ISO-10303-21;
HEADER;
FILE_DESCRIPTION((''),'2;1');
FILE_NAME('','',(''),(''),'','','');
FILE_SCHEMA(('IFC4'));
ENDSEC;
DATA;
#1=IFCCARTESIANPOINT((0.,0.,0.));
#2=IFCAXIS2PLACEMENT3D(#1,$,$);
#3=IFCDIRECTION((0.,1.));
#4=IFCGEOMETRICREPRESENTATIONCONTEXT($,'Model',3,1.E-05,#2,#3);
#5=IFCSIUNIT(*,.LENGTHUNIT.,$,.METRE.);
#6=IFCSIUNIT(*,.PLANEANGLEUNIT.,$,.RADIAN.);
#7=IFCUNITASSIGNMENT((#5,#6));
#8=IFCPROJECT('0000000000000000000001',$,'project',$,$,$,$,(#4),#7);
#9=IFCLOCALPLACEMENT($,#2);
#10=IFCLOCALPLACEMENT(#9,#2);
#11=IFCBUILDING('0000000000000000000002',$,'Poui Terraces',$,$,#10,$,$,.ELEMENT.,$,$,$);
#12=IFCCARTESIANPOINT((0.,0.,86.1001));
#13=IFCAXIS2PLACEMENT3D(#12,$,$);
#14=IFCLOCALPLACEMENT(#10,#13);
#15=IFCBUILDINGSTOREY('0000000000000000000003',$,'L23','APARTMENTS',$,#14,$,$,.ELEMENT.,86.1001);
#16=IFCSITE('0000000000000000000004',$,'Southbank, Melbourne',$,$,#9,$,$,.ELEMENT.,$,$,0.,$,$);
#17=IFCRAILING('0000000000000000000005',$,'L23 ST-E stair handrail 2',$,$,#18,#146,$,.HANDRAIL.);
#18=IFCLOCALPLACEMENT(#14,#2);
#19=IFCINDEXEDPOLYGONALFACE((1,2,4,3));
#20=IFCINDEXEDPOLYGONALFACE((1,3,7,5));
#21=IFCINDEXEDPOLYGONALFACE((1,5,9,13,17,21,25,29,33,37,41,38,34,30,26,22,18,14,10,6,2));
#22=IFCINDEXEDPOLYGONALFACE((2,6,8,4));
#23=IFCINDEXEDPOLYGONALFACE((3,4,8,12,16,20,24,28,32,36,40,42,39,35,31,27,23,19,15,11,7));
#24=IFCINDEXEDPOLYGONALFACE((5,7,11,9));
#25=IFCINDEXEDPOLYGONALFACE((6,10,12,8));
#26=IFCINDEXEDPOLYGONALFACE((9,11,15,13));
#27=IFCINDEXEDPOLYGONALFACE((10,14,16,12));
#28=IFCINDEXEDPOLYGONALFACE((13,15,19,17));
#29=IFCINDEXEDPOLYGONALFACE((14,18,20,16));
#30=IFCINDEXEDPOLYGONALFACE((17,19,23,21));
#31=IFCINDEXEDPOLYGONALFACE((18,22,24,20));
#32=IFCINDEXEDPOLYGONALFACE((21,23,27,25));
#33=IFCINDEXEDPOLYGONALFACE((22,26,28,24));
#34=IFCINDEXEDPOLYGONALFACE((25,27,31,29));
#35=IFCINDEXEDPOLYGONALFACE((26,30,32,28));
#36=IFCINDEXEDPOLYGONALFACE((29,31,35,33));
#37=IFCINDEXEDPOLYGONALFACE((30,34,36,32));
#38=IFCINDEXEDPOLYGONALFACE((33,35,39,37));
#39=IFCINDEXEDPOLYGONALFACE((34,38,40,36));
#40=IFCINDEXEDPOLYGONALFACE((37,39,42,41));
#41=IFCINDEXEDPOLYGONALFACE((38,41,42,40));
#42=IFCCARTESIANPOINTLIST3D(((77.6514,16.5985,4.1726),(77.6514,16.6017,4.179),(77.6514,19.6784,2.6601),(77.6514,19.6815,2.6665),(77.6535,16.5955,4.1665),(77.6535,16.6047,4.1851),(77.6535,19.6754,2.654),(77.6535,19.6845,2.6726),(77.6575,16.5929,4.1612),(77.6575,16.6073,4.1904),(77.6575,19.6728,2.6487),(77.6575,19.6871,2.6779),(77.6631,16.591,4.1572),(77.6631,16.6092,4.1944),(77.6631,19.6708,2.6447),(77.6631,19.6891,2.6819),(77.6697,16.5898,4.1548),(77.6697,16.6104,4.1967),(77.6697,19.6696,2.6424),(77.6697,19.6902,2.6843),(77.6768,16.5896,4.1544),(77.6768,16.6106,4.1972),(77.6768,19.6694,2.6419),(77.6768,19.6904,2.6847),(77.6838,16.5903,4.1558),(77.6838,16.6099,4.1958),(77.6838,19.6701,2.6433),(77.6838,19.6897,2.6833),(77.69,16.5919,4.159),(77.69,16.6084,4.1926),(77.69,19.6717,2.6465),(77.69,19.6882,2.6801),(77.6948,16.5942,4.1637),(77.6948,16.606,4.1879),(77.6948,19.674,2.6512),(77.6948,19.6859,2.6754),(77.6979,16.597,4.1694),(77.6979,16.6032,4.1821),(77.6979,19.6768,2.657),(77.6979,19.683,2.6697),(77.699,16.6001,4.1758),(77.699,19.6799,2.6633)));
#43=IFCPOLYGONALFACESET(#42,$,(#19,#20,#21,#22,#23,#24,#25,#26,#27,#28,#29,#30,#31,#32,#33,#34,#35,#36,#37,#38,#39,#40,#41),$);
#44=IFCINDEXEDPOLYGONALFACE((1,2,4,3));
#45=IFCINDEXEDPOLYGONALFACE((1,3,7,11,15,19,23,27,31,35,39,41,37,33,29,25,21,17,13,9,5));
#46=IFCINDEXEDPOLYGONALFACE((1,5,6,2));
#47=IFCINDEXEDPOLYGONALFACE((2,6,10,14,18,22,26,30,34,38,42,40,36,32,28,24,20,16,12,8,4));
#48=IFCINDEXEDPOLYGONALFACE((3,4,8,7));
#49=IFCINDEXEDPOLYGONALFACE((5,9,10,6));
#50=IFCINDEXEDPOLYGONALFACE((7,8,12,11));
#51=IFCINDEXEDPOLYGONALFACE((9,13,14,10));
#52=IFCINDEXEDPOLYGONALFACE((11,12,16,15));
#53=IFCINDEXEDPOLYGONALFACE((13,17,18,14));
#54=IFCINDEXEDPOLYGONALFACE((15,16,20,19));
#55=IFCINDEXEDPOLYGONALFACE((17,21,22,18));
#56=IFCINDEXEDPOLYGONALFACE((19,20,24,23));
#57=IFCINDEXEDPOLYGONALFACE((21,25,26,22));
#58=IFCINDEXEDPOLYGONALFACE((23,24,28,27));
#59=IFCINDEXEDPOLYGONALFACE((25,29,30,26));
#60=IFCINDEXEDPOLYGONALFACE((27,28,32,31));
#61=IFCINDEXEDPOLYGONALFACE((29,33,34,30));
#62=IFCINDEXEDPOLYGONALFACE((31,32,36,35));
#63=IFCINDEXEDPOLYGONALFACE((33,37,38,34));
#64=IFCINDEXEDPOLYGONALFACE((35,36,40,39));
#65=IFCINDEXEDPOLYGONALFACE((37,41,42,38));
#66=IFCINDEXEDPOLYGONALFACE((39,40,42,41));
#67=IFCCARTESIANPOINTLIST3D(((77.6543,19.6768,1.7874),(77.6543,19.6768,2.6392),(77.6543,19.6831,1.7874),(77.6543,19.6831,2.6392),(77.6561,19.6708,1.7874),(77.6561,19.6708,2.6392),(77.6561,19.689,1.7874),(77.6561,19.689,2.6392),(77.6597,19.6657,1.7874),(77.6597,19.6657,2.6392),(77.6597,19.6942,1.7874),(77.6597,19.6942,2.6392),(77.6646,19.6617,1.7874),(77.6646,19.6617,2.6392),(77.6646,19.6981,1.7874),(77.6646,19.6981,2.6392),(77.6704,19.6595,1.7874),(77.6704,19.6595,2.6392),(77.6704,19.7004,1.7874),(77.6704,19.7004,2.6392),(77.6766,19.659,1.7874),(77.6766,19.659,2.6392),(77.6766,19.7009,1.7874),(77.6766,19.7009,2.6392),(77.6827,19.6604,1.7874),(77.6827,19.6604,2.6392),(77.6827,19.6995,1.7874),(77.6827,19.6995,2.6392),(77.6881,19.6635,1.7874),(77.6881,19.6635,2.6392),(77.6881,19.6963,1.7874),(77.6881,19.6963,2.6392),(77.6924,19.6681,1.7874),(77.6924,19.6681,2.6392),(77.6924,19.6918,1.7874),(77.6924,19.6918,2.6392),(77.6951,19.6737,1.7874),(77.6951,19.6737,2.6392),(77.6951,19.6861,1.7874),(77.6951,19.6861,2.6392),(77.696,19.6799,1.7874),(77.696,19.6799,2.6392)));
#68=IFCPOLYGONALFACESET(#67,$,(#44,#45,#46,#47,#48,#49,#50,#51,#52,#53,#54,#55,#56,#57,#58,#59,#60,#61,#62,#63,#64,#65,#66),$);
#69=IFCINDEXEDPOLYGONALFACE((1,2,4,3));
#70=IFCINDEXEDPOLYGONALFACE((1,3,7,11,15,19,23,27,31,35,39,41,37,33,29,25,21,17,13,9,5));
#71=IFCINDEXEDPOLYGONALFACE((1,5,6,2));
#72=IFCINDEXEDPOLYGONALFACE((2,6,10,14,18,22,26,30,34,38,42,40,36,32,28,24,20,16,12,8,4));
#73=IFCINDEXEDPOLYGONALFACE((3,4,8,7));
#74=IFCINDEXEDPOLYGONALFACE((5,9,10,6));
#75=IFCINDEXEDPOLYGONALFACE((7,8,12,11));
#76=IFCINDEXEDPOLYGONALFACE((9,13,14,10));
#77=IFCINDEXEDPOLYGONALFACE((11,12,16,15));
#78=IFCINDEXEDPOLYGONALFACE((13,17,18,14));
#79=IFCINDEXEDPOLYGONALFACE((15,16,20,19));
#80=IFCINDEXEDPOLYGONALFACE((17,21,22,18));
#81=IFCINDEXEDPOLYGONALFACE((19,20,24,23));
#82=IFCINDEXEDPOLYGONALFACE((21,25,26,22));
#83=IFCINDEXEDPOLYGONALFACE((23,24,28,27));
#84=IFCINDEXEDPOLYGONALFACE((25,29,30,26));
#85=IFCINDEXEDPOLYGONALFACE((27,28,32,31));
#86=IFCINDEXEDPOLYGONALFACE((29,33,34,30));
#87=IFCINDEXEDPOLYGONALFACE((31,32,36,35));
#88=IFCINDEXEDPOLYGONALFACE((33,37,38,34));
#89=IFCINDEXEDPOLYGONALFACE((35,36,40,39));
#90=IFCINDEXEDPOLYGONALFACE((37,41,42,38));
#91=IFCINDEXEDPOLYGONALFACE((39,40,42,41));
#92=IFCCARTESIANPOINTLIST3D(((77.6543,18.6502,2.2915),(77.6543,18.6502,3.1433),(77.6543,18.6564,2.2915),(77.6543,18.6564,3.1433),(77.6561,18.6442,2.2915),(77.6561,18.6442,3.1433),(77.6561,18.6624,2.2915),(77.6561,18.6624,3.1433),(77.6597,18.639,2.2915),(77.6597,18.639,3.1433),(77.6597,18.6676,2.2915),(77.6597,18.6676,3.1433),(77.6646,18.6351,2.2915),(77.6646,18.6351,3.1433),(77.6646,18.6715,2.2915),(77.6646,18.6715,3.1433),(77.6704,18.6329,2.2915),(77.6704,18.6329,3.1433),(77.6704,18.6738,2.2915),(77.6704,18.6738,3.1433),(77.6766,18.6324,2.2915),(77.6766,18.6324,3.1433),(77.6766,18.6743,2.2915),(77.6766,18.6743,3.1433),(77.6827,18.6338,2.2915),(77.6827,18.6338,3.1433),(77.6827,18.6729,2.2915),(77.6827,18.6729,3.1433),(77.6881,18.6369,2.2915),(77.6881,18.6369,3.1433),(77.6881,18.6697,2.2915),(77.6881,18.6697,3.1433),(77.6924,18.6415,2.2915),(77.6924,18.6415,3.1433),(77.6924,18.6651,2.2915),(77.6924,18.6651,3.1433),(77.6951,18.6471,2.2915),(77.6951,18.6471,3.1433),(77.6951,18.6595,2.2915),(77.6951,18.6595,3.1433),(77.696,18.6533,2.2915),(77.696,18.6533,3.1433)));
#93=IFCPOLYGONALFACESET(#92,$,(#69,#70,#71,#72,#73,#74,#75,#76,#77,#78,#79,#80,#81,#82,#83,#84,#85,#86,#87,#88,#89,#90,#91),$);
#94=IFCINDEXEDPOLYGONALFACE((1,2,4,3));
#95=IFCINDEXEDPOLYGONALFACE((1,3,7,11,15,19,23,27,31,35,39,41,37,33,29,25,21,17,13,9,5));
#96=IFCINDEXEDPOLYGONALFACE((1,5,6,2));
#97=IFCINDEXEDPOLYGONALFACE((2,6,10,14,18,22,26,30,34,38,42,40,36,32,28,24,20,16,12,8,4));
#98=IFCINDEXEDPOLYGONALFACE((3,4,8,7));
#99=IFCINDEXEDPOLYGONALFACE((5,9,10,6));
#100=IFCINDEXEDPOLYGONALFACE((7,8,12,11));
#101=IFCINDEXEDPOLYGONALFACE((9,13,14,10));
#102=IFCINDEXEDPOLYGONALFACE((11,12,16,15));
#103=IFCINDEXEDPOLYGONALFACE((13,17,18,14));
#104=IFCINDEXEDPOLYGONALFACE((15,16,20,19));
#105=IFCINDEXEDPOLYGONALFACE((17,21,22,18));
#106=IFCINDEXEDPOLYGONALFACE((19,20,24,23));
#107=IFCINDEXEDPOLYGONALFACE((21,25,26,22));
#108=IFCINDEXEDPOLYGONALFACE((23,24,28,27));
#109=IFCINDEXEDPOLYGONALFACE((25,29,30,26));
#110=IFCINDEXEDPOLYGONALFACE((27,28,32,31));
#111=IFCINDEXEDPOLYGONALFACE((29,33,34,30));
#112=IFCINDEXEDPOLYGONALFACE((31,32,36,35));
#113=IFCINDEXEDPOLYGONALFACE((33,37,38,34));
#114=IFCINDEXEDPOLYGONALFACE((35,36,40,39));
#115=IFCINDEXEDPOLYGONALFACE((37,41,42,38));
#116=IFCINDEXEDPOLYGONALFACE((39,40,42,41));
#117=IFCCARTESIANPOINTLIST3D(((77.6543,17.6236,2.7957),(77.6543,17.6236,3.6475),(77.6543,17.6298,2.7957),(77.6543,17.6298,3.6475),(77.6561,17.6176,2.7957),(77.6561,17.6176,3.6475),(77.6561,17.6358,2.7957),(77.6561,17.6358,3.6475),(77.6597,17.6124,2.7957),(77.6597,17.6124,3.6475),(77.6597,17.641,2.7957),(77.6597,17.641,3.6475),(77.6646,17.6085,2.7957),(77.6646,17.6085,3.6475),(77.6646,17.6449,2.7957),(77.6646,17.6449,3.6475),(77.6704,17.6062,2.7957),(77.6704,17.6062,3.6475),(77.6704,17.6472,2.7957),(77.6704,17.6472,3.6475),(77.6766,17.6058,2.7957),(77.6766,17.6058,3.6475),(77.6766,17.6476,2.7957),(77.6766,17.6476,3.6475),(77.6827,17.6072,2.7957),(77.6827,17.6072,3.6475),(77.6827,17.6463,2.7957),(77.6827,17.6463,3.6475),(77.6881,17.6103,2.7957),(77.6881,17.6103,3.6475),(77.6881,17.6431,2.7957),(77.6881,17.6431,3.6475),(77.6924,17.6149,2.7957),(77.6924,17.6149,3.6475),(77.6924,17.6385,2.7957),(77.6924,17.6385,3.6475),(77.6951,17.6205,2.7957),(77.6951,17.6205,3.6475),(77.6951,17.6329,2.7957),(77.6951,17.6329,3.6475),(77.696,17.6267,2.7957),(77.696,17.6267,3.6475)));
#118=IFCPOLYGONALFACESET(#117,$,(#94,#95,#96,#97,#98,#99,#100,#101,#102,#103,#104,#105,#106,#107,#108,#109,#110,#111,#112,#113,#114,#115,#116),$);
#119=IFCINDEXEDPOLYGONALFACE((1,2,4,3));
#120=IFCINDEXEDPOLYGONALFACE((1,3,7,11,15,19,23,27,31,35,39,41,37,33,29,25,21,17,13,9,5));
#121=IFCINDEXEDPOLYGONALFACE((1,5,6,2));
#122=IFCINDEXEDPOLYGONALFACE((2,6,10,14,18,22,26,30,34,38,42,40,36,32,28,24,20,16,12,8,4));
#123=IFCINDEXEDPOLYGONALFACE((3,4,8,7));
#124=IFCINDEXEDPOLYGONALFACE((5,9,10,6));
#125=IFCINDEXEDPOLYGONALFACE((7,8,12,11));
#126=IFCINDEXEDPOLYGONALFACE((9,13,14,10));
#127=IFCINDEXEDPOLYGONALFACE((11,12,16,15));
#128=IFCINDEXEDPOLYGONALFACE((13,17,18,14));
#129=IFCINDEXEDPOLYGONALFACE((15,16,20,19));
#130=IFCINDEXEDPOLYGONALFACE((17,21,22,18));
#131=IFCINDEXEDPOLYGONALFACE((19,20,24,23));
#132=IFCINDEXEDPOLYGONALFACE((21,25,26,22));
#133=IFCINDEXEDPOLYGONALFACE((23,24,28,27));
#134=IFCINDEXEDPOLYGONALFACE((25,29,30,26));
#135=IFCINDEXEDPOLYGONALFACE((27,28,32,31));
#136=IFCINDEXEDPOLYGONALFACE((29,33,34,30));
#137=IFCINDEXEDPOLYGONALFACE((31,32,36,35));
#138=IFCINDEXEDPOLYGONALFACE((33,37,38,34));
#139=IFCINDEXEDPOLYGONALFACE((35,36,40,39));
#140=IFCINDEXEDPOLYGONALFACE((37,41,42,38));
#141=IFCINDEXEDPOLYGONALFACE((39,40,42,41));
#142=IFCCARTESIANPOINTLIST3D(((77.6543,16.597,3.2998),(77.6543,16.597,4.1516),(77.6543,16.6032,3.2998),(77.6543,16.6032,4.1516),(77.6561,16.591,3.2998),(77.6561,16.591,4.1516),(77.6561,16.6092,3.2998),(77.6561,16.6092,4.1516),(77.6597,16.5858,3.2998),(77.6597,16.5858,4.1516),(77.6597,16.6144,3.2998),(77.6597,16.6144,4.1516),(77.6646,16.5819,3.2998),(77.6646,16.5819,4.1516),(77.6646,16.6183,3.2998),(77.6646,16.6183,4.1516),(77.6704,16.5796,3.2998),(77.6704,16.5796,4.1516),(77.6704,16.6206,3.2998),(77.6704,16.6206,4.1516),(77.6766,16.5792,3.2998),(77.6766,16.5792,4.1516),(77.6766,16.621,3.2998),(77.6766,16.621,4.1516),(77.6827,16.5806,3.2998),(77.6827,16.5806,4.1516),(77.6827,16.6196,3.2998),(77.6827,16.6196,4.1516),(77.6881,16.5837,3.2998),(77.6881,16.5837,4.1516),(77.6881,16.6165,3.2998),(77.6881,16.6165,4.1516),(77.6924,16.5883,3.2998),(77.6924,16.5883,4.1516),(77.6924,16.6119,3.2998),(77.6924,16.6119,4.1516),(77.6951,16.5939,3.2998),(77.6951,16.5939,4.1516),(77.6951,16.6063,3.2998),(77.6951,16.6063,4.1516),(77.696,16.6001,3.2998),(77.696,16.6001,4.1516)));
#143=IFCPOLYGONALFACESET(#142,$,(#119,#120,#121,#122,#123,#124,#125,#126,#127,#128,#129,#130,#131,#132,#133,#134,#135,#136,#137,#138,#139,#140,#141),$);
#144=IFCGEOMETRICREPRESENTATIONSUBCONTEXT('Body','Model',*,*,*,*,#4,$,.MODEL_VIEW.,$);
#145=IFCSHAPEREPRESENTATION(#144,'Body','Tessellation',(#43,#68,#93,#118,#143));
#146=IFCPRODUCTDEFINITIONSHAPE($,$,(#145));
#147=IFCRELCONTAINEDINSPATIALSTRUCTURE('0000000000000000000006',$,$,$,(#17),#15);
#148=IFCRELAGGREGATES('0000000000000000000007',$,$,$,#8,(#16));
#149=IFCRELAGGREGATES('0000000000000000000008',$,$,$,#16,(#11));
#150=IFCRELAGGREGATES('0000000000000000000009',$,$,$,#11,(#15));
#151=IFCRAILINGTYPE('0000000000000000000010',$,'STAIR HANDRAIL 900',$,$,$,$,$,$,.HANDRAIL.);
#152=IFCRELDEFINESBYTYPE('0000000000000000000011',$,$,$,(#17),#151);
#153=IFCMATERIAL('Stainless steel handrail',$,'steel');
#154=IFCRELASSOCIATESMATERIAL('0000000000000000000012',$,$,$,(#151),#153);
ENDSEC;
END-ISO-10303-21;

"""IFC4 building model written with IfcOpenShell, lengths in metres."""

from ifc_helpers import new_model, si_unit, direction, frame, origin, origin_2d, place, context, subcontext, project, spatial, circle, extrude, material, type_object, element, save


model = new_model("IFC4")

# Units and contexts
model_context = context("Model", 3, precision=1e-05, world=origin(), true_north=direction((0.0, 1.0)))
body_context = subcontext(model_context, "Body", "Model", "MODEL_VIEW")
ifc_project = project(units=[si_unit("LENGTHUNIT", "METRE"), si_unit("PLANEANGLEUNIT", "RADIAN")], contexts=[model_context])

# Site, building, storey
site_placement = place(None, origin())
site = spatial("IfcSite", under=ifc_project, at=site_placement, Name="Southbank, Melbourne", CompositionType="ELEMENT", RefElevation=0.0)
building_placement = place(site_placement, origin())
building = spatial("IfcBuilding", under=site, at=building_placement, Name="Poui Terraces", CompositionType="ELEMENT")
storey_placement = place(building_placement, frame((0.0, 0.0, 86.1001)))
storey = spatial("IfcBuildingStorey", under=building, at=storey_placement, Name="L23", Description="APARTMENTS", CompositionType="ELEMENT", Elevation=86.1001)

# Railing
ifc_material_1 = material(Name="Stainless steel handrail", Category="steel")
railing_type_1 = type_object("IfcRailingType", Name="STAIR HANDRAIL 900", PredefinedType="HANDRAIL", material=ifc_material_1)
railing_1_placement = place(storey_placement, frame((77.675, 19.6799, 1.7874)))
element("IfcRailing", 1, at=railing_1_placement, inside=storey, type_object=railing_type_1, Name="L23 ST-E stair handrail 2", PredefinedType="HANDRAIL", context=body_context, shape_type="SweptSolid", body=[
    extrude(circle(Radius=0.0239, at=origin_2d()), frame((0.0, 0.0, 0.876), z_axis=(0.0, -0.897606, 0.440798), x_axis=(1.0, 0.0, 0.0)), (0.0, 0.0, 1.0), 3.4312),
    extrude(circle(Radius=0.021, at=origin_2d()), origin(), (0.0, 0.0, 1.0), 0.8518),
    extrude(circle(Radius=0.021, at=origin_2d()), frame((0.0, -1.0266, 0.5042)), (0.0, 0.0, 1.0), 0.8518),
    extrude(circle(Radius=0.021, at=origin_2d()), frame((0.0, -2.0532, 1.0083)), (0.0, 0.0, 1.0), 0.8518),
    extrude(circle(Radius=0.021, at=origin_2d()), frame((0.0, -3.0798, 1.5125)), (0.0, 0.0, 1.0), 0.8518),
])

save(model, "model.ifc")
